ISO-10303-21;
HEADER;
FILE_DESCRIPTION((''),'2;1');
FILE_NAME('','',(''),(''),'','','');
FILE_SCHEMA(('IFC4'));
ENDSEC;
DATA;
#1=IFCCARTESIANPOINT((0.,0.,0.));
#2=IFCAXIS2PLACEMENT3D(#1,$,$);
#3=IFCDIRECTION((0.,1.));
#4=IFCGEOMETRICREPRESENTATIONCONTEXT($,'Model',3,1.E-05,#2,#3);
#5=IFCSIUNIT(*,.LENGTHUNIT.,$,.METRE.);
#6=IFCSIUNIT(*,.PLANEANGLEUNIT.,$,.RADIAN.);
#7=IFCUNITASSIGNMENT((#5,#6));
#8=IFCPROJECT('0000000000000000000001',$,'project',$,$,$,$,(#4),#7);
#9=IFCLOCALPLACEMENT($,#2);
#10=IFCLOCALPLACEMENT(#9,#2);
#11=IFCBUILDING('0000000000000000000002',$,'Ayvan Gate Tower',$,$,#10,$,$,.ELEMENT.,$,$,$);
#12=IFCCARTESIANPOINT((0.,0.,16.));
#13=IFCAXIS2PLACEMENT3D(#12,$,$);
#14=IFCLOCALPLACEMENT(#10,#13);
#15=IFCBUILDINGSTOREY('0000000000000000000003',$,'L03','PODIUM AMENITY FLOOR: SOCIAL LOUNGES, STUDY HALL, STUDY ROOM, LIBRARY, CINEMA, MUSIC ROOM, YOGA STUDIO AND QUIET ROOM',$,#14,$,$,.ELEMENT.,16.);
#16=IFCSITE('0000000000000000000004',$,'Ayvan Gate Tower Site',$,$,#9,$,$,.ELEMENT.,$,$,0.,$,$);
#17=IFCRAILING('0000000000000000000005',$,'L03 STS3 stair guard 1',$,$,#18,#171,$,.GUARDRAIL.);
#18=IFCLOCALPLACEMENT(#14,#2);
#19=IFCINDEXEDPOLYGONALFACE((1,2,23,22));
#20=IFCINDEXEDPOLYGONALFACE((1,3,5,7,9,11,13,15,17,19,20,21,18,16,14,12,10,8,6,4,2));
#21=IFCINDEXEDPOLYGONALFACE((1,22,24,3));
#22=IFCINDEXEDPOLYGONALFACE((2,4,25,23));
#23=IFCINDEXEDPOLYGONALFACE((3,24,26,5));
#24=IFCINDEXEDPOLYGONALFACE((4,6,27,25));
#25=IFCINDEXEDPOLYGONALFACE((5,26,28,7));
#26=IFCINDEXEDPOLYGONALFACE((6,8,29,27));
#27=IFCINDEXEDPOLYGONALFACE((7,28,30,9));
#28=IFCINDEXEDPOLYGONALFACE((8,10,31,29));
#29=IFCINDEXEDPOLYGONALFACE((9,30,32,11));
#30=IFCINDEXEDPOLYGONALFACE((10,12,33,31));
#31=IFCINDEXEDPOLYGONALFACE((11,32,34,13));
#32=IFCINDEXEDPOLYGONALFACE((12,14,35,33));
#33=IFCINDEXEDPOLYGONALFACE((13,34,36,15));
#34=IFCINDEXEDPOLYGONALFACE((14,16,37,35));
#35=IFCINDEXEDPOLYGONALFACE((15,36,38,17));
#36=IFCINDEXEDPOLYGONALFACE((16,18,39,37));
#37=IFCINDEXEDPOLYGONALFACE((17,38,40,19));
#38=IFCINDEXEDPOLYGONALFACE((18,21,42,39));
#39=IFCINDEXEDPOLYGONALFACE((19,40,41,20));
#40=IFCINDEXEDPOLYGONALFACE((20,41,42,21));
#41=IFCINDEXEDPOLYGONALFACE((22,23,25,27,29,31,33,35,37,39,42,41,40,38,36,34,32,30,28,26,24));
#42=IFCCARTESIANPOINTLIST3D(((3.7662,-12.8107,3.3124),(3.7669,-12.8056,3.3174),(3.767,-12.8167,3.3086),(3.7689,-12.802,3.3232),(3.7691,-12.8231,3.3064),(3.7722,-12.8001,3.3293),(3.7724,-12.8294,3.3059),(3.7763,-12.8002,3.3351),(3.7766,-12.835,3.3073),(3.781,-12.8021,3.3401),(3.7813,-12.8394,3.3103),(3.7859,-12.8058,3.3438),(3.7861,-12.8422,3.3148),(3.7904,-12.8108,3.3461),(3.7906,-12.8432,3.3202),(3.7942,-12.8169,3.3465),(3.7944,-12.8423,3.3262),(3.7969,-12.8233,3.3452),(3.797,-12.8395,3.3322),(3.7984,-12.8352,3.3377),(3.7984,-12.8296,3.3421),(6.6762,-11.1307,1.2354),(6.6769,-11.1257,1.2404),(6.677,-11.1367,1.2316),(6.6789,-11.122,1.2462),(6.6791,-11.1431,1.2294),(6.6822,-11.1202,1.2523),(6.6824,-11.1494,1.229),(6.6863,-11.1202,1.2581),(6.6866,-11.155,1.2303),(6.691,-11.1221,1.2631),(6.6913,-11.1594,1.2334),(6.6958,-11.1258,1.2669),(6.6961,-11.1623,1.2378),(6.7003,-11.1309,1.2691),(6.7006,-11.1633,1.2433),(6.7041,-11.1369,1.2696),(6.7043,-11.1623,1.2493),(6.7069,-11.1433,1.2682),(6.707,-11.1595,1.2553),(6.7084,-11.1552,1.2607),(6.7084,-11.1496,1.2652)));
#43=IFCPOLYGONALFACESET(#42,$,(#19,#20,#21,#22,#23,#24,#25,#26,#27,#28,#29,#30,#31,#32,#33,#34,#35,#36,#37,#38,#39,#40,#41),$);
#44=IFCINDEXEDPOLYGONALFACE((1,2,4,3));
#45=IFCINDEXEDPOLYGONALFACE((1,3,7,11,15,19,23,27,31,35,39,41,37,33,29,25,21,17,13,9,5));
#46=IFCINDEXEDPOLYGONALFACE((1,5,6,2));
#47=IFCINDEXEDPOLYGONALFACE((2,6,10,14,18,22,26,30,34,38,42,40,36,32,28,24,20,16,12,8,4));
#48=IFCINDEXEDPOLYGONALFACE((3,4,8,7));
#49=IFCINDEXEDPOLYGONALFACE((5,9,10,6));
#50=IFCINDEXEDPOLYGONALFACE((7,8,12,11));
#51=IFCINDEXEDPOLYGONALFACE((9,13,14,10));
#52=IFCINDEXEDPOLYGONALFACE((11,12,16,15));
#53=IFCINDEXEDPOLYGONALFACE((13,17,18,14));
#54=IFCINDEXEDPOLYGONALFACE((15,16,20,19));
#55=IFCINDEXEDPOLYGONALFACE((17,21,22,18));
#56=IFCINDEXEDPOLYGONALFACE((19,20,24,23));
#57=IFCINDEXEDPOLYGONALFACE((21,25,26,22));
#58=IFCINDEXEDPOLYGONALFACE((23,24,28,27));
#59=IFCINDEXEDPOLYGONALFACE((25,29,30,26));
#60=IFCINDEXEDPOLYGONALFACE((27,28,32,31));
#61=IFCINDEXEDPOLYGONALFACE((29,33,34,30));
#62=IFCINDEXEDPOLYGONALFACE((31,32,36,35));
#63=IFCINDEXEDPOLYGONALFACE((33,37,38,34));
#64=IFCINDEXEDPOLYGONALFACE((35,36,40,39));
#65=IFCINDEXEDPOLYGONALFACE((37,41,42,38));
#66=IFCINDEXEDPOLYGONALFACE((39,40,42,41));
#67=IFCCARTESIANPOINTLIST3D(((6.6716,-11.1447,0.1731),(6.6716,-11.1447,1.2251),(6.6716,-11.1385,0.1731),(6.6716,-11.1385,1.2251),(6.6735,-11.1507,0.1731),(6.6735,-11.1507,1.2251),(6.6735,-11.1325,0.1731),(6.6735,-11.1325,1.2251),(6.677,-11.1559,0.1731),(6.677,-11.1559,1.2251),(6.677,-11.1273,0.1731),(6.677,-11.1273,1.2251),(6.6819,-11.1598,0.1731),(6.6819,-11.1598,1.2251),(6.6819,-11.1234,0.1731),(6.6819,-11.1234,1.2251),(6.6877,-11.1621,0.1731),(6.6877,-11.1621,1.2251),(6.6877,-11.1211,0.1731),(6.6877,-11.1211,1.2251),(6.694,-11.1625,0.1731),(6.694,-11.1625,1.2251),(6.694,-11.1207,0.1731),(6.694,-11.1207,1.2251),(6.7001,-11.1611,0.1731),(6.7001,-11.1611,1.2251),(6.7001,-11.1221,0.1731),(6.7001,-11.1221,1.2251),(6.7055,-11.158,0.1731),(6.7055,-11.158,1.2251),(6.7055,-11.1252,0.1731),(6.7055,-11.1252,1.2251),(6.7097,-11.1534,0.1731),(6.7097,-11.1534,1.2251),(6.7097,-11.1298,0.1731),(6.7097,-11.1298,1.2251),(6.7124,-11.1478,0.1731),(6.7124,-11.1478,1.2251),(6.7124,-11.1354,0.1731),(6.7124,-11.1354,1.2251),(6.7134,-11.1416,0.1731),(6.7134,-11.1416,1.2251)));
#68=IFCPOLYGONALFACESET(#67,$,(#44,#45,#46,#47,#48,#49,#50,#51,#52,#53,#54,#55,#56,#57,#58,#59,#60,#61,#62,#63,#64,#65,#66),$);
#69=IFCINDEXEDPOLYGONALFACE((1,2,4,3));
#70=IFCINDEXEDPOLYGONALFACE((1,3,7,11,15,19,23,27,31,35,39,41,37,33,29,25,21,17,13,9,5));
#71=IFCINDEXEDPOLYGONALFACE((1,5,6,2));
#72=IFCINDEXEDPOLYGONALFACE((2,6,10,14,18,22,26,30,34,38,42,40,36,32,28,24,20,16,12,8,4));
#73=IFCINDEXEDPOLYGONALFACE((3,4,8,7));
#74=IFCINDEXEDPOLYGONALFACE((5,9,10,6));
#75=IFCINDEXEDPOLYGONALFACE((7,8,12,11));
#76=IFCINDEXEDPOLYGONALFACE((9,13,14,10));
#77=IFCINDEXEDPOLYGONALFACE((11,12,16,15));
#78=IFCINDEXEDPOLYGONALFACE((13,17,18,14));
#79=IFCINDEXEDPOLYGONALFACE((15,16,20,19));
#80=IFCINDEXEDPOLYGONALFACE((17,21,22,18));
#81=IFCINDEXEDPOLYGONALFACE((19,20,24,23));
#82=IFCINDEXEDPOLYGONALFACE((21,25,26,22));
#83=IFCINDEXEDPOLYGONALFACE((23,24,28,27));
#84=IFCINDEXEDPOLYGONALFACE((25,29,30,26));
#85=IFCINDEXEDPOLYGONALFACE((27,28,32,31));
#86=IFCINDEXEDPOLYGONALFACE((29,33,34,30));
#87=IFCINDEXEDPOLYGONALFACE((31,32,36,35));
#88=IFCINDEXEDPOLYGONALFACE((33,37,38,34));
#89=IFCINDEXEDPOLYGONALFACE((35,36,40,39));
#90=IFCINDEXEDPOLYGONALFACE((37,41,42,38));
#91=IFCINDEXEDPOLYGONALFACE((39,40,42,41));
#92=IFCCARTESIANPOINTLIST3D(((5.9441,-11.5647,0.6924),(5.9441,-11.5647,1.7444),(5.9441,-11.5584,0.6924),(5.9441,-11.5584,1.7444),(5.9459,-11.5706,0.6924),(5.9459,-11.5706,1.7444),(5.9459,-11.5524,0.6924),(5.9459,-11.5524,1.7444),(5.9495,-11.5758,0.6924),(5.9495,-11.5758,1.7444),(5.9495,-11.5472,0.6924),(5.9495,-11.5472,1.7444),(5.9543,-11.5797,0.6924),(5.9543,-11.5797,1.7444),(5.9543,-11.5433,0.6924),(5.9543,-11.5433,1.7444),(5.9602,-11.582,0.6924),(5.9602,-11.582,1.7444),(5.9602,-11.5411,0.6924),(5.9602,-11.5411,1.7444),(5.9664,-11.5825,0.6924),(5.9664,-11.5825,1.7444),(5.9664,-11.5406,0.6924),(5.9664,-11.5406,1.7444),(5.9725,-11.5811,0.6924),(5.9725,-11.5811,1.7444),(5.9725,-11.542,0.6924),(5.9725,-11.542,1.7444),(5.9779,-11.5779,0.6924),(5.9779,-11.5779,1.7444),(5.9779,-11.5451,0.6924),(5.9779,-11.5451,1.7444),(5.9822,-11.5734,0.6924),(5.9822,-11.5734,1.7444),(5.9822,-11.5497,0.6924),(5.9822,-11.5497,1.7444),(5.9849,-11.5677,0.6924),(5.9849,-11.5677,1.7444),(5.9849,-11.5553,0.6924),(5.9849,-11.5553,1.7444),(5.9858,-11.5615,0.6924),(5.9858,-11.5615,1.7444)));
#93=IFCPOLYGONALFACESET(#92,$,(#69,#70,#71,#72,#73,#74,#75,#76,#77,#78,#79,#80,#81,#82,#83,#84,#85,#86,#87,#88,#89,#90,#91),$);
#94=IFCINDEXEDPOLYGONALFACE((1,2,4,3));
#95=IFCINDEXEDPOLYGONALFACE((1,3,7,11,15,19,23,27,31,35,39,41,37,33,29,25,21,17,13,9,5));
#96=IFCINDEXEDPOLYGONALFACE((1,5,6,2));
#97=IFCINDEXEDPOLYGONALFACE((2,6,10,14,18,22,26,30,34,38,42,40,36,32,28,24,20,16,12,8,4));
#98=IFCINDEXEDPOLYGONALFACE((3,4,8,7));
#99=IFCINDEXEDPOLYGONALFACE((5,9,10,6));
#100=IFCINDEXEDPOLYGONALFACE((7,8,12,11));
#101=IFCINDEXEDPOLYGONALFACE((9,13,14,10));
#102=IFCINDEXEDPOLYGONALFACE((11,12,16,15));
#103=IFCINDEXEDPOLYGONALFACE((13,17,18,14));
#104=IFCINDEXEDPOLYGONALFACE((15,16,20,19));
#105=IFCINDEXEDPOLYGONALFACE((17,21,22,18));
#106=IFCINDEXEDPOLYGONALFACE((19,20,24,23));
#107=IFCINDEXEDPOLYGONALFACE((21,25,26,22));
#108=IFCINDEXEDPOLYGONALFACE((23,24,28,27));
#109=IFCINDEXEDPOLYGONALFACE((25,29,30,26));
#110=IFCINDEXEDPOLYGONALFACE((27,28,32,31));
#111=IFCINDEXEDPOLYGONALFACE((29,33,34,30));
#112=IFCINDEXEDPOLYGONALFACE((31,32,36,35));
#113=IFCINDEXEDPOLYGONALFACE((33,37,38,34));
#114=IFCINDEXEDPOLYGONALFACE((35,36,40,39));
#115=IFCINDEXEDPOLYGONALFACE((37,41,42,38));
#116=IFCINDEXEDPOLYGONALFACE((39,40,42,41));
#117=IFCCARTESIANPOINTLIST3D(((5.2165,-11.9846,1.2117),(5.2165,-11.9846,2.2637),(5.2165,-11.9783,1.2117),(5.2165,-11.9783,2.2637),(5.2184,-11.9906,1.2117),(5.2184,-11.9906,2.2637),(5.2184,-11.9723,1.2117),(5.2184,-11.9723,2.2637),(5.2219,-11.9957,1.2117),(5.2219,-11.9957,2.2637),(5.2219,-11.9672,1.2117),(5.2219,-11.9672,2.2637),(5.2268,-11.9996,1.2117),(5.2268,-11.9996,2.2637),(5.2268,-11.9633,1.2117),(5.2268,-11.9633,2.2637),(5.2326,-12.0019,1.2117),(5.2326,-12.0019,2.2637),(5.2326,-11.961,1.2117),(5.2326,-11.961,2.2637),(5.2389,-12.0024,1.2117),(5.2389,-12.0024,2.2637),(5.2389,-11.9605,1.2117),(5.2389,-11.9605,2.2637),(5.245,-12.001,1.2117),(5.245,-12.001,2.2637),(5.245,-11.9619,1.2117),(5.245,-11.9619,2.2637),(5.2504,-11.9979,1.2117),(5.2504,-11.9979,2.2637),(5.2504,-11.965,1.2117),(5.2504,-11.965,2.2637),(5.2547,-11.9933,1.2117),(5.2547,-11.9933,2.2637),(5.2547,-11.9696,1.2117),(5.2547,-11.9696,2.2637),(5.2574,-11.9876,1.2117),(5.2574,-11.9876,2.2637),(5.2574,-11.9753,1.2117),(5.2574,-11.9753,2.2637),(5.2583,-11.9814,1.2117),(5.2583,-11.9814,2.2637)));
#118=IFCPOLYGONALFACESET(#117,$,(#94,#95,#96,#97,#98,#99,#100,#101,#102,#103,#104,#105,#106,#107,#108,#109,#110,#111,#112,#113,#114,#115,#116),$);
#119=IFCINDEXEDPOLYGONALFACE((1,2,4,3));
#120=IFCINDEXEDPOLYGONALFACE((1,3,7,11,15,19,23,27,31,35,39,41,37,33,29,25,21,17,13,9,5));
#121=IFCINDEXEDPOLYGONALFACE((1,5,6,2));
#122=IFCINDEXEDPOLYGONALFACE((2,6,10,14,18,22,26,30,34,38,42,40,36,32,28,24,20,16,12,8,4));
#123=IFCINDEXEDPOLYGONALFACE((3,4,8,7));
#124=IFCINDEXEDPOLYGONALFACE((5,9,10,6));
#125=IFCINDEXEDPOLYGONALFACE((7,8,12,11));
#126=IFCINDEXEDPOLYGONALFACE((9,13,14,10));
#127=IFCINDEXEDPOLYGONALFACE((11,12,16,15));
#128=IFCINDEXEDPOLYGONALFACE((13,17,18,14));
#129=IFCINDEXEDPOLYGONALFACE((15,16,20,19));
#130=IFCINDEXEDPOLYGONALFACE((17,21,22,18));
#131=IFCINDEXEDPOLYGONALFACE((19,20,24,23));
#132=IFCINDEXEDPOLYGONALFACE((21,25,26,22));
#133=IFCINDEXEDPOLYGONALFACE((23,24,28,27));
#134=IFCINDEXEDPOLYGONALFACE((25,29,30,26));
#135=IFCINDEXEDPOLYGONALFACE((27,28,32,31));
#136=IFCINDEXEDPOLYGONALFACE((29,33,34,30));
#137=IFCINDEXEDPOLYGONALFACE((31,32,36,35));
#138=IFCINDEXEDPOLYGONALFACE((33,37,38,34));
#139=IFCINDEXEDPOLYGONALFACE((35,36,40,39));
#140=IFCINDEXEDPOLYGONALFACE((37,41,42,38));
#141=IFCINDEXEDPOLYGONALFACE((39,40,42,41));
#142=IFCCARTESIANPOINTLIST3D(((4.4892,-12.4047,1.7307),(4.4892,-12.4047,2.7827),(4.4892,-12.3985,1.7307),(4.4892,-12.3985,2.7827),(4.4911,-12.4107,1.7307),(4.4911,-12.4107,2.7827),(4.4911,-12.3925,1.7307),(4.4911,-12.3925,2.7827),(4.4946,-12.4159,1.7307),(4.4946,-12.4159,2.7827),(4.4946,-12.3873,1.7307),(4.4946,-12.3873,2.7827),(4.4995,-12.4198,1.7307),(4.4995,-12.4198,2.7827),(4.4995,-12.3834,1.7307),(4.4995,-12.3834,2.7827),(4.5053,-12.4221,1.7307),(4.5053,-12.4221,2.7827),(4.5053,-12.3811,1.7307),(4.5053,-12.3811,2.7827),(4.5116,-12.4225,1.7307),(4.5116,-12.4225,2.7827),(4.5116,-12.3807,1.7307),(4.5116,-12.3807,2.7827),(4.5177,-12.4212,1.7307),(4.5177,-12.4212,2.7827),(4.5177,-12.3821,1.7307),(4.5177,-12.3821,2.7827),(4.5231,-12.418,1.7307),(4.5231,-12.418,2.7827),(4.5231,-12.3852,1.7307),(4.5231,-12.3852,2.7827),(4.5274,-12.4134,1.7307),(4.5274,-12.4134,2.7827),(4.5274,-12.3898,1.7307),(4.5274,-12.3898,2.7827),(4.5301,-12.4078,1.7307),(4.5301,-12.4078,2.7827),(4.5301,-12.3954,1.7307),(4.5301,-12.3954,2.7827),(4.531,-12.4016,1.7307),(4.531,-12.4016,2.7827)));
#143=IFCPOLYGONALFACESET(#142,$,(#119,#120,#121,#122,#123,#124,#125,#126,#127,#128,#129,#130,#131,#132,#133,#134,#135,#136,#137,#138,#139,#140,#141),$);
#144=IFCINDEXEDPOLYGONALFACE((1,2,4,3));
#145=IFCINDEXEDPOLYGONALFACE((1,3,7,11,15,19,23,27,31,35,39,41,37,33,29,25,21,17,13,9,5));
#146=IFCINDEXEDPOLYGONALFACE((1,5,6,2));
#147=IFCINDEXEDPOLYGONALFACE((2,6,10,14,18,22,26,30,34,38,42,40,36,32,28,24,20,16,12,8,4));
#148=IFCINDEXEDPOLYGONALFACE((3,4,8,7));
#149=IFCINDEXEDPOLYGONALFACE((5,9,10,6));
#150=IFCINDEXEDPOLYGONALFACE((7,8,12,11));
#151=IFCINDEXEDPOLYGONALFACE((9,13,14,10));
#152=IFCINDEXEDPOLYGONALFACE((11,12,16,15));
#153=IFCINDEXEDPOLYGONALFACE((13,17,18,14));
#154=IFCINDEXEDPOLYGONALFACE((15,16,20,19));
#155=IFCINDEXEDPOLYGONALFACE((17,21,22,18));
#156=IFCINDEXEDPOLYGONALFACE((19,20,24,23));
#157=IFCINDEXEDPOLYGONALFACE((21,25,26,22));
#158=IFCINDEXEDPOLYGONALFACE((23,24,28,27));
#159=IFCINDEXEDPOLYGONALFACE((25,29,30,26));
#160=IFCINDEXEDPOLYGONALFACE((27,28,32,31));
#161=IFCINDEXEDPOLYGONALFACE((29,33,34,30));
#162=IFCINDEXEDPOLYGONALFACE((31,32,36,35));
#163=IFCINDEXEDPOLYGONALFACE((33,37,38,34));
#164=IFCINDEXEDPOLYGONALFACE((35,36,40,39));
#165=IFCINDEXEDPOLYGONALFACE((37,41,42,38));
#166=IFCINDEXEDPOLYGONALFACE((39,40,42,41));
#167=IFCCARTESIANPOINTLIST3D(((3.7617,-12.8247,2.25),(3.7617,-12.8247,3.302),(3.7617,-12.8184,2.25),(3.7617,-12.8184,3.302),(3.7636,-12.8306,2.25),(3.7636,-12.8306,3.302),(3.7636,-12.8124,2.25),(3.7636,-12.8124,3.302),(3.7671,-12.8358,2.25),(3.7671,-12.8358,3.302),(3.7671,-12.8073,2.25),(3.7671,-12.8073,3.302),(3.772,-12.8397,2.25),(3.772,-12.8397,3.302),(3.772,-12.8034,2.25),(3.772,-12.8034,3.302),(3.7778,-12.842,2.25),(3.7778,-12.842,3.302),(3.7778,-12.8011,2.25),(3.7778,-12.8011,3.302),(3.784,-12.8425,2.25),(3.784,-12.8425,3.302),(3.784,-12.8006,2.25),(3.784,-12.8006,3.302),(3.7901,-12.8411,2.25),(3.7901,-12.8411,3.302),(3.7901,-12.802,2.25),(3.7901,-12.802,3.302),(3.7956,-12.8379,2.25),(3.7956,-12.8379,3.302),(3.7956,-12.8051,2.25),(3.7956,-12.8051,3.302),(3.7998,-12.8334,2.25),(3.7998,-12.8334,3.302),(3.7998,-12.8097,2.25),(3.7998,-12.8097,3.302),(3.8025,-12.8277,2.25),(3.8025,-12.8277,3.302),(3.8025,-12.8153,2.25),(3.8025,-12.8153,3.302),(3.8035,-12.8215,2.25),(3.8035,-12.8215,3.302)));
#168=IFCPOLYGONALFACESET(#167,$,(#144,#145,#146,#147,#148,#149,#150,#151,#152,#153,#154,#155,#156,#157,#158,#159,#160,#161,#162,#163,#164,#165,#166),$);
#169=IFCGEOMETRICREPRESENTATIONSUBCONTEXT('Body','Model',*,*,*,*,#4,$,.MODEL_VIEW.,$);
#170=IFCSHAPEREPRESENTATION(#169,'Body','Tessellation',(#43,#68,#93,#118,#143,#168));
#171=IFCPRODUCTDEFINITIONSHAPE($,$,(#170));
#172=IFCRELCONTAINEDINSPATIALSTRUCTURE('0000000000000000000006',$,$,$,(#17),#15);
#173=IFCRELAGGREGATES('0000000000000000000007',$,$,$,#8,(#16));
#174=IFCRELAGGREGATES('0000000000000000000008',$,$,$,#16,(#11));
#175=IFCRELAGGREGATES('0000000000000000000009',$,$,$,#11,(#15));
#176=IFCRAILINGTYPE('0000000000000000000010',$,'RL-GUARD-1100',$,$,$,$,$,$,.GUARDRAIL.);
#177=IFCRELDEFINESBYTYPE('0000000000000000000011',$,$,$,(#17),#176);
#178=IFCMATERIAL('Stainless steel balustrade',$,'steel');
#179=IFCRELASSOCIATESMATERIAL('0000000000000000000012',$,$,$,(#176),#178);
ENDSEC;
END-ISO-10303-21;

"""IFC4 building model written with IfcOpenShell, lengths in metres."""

from ifc_helpers import new_model, si_unit, direction, frame, origin, origin_2d, place, context, subcontext, project, spatial, circle, extrude, material, type_object, element, save


model = new_model("IFC4")

# Units and contexts
model_context = context("Model", 3, precision=1e-05, world=origin(), true_north=direction((0.0, 1.0)))
body_context = subcontext(model_context, "Body", "Model", "MODEL_VIEW")
ifc_project = project(units=[si_unit("LENGTHUNIT", "METRE"), si_unit("PLANEANGLEUNIT", "RADIAN")], contexts=[model_context])

# Site, building, storey
site_placement = place(None, origin())
site = spatial("IfcSite", under=ifc_project, at=site_placement, Name="Ayvan Gate Tower Site", CompositionType="ELEMENT", RefElevation=0.0)
building_placement = place(site_placement, origin())
building = spatial("IfcBuilding", under=site, at=building_placement, Name="Ayvan Gate Tower", CompositionType="ELEMENT")
storey_placement = place(building_placement, frame((0.0, 0.0, 16.0)))
storey = spatial("IfcBuildingStorey", under=building, at=storey_placement, Name="L03", Description="PODIUM AMENITY FLOOR: SOCIAL LOUNGES, STUDY HALL, STUDY ROOM, LIBRARY, CINEMA, MUSIC ROOM, YOGA STUDIO AND QUIET ROOM", CompositionType="ELEMENT", Elevation=16.0)

# Railing
ifc_material_1 = material(Name="Stainless steel balustrade", Category="steel")
railing_type_1 = type_object("IfcRailingType", Name="RL-GUARD-1100", PredefinedType="GUARDRAIL", material=ifc_material_1)
railing_1_placement = place(storey_placement, frame((6.6924, -11.1416, 0.1731)))
element("IfcRailing", 1, at=railing_1_placement, inside=storey, type_object=railing_type_1, Name="L03 STS3 stair guard 1", PredefinedType="GUARDRAIL", context=body_context, shape_type="SweptSolid", body=[
    extrude(circle(Radius=0.0239, at=origin_2d()), frame((0.0, 0.0, 1.0762), z_axis=(-0.736668, -0.425288, 0.525785), x_axis=(0.499976, -0.866039, 0.0)), (0.0, 0.0, 1.0), 3.9502),
    extrude(circle(Radius=0.021, at=origin_2d()), origin(), (0.0, 0.0, 1.0), 1.052),
    extrude(circle(Radius=0.021, at=origin_2d()), frame((-0.7275, -0.4199, 0.5193)), (0.0, 0.0, 1.0), 1.052),
    extrude(circle(Radius=0.021, at=origin_2d()), frame((-1.4551, -0.8398, 1.0386)), (0.0, 0.0, 1.0), 1.052),
    extrude(circle(Radius=0.021, at=origin_2d()), frame((-2.1824, -1.26, 1.5576)), (0.0, 0.0, 1.0), 1.052),
    extrude(circle(Radius=0.021, at=origin_2d()), frame((-2.9099, -1.6799, 2.0769)), (0.0, 0.0, 1.0), 1.052),
])

save(model, "model.ifc")
